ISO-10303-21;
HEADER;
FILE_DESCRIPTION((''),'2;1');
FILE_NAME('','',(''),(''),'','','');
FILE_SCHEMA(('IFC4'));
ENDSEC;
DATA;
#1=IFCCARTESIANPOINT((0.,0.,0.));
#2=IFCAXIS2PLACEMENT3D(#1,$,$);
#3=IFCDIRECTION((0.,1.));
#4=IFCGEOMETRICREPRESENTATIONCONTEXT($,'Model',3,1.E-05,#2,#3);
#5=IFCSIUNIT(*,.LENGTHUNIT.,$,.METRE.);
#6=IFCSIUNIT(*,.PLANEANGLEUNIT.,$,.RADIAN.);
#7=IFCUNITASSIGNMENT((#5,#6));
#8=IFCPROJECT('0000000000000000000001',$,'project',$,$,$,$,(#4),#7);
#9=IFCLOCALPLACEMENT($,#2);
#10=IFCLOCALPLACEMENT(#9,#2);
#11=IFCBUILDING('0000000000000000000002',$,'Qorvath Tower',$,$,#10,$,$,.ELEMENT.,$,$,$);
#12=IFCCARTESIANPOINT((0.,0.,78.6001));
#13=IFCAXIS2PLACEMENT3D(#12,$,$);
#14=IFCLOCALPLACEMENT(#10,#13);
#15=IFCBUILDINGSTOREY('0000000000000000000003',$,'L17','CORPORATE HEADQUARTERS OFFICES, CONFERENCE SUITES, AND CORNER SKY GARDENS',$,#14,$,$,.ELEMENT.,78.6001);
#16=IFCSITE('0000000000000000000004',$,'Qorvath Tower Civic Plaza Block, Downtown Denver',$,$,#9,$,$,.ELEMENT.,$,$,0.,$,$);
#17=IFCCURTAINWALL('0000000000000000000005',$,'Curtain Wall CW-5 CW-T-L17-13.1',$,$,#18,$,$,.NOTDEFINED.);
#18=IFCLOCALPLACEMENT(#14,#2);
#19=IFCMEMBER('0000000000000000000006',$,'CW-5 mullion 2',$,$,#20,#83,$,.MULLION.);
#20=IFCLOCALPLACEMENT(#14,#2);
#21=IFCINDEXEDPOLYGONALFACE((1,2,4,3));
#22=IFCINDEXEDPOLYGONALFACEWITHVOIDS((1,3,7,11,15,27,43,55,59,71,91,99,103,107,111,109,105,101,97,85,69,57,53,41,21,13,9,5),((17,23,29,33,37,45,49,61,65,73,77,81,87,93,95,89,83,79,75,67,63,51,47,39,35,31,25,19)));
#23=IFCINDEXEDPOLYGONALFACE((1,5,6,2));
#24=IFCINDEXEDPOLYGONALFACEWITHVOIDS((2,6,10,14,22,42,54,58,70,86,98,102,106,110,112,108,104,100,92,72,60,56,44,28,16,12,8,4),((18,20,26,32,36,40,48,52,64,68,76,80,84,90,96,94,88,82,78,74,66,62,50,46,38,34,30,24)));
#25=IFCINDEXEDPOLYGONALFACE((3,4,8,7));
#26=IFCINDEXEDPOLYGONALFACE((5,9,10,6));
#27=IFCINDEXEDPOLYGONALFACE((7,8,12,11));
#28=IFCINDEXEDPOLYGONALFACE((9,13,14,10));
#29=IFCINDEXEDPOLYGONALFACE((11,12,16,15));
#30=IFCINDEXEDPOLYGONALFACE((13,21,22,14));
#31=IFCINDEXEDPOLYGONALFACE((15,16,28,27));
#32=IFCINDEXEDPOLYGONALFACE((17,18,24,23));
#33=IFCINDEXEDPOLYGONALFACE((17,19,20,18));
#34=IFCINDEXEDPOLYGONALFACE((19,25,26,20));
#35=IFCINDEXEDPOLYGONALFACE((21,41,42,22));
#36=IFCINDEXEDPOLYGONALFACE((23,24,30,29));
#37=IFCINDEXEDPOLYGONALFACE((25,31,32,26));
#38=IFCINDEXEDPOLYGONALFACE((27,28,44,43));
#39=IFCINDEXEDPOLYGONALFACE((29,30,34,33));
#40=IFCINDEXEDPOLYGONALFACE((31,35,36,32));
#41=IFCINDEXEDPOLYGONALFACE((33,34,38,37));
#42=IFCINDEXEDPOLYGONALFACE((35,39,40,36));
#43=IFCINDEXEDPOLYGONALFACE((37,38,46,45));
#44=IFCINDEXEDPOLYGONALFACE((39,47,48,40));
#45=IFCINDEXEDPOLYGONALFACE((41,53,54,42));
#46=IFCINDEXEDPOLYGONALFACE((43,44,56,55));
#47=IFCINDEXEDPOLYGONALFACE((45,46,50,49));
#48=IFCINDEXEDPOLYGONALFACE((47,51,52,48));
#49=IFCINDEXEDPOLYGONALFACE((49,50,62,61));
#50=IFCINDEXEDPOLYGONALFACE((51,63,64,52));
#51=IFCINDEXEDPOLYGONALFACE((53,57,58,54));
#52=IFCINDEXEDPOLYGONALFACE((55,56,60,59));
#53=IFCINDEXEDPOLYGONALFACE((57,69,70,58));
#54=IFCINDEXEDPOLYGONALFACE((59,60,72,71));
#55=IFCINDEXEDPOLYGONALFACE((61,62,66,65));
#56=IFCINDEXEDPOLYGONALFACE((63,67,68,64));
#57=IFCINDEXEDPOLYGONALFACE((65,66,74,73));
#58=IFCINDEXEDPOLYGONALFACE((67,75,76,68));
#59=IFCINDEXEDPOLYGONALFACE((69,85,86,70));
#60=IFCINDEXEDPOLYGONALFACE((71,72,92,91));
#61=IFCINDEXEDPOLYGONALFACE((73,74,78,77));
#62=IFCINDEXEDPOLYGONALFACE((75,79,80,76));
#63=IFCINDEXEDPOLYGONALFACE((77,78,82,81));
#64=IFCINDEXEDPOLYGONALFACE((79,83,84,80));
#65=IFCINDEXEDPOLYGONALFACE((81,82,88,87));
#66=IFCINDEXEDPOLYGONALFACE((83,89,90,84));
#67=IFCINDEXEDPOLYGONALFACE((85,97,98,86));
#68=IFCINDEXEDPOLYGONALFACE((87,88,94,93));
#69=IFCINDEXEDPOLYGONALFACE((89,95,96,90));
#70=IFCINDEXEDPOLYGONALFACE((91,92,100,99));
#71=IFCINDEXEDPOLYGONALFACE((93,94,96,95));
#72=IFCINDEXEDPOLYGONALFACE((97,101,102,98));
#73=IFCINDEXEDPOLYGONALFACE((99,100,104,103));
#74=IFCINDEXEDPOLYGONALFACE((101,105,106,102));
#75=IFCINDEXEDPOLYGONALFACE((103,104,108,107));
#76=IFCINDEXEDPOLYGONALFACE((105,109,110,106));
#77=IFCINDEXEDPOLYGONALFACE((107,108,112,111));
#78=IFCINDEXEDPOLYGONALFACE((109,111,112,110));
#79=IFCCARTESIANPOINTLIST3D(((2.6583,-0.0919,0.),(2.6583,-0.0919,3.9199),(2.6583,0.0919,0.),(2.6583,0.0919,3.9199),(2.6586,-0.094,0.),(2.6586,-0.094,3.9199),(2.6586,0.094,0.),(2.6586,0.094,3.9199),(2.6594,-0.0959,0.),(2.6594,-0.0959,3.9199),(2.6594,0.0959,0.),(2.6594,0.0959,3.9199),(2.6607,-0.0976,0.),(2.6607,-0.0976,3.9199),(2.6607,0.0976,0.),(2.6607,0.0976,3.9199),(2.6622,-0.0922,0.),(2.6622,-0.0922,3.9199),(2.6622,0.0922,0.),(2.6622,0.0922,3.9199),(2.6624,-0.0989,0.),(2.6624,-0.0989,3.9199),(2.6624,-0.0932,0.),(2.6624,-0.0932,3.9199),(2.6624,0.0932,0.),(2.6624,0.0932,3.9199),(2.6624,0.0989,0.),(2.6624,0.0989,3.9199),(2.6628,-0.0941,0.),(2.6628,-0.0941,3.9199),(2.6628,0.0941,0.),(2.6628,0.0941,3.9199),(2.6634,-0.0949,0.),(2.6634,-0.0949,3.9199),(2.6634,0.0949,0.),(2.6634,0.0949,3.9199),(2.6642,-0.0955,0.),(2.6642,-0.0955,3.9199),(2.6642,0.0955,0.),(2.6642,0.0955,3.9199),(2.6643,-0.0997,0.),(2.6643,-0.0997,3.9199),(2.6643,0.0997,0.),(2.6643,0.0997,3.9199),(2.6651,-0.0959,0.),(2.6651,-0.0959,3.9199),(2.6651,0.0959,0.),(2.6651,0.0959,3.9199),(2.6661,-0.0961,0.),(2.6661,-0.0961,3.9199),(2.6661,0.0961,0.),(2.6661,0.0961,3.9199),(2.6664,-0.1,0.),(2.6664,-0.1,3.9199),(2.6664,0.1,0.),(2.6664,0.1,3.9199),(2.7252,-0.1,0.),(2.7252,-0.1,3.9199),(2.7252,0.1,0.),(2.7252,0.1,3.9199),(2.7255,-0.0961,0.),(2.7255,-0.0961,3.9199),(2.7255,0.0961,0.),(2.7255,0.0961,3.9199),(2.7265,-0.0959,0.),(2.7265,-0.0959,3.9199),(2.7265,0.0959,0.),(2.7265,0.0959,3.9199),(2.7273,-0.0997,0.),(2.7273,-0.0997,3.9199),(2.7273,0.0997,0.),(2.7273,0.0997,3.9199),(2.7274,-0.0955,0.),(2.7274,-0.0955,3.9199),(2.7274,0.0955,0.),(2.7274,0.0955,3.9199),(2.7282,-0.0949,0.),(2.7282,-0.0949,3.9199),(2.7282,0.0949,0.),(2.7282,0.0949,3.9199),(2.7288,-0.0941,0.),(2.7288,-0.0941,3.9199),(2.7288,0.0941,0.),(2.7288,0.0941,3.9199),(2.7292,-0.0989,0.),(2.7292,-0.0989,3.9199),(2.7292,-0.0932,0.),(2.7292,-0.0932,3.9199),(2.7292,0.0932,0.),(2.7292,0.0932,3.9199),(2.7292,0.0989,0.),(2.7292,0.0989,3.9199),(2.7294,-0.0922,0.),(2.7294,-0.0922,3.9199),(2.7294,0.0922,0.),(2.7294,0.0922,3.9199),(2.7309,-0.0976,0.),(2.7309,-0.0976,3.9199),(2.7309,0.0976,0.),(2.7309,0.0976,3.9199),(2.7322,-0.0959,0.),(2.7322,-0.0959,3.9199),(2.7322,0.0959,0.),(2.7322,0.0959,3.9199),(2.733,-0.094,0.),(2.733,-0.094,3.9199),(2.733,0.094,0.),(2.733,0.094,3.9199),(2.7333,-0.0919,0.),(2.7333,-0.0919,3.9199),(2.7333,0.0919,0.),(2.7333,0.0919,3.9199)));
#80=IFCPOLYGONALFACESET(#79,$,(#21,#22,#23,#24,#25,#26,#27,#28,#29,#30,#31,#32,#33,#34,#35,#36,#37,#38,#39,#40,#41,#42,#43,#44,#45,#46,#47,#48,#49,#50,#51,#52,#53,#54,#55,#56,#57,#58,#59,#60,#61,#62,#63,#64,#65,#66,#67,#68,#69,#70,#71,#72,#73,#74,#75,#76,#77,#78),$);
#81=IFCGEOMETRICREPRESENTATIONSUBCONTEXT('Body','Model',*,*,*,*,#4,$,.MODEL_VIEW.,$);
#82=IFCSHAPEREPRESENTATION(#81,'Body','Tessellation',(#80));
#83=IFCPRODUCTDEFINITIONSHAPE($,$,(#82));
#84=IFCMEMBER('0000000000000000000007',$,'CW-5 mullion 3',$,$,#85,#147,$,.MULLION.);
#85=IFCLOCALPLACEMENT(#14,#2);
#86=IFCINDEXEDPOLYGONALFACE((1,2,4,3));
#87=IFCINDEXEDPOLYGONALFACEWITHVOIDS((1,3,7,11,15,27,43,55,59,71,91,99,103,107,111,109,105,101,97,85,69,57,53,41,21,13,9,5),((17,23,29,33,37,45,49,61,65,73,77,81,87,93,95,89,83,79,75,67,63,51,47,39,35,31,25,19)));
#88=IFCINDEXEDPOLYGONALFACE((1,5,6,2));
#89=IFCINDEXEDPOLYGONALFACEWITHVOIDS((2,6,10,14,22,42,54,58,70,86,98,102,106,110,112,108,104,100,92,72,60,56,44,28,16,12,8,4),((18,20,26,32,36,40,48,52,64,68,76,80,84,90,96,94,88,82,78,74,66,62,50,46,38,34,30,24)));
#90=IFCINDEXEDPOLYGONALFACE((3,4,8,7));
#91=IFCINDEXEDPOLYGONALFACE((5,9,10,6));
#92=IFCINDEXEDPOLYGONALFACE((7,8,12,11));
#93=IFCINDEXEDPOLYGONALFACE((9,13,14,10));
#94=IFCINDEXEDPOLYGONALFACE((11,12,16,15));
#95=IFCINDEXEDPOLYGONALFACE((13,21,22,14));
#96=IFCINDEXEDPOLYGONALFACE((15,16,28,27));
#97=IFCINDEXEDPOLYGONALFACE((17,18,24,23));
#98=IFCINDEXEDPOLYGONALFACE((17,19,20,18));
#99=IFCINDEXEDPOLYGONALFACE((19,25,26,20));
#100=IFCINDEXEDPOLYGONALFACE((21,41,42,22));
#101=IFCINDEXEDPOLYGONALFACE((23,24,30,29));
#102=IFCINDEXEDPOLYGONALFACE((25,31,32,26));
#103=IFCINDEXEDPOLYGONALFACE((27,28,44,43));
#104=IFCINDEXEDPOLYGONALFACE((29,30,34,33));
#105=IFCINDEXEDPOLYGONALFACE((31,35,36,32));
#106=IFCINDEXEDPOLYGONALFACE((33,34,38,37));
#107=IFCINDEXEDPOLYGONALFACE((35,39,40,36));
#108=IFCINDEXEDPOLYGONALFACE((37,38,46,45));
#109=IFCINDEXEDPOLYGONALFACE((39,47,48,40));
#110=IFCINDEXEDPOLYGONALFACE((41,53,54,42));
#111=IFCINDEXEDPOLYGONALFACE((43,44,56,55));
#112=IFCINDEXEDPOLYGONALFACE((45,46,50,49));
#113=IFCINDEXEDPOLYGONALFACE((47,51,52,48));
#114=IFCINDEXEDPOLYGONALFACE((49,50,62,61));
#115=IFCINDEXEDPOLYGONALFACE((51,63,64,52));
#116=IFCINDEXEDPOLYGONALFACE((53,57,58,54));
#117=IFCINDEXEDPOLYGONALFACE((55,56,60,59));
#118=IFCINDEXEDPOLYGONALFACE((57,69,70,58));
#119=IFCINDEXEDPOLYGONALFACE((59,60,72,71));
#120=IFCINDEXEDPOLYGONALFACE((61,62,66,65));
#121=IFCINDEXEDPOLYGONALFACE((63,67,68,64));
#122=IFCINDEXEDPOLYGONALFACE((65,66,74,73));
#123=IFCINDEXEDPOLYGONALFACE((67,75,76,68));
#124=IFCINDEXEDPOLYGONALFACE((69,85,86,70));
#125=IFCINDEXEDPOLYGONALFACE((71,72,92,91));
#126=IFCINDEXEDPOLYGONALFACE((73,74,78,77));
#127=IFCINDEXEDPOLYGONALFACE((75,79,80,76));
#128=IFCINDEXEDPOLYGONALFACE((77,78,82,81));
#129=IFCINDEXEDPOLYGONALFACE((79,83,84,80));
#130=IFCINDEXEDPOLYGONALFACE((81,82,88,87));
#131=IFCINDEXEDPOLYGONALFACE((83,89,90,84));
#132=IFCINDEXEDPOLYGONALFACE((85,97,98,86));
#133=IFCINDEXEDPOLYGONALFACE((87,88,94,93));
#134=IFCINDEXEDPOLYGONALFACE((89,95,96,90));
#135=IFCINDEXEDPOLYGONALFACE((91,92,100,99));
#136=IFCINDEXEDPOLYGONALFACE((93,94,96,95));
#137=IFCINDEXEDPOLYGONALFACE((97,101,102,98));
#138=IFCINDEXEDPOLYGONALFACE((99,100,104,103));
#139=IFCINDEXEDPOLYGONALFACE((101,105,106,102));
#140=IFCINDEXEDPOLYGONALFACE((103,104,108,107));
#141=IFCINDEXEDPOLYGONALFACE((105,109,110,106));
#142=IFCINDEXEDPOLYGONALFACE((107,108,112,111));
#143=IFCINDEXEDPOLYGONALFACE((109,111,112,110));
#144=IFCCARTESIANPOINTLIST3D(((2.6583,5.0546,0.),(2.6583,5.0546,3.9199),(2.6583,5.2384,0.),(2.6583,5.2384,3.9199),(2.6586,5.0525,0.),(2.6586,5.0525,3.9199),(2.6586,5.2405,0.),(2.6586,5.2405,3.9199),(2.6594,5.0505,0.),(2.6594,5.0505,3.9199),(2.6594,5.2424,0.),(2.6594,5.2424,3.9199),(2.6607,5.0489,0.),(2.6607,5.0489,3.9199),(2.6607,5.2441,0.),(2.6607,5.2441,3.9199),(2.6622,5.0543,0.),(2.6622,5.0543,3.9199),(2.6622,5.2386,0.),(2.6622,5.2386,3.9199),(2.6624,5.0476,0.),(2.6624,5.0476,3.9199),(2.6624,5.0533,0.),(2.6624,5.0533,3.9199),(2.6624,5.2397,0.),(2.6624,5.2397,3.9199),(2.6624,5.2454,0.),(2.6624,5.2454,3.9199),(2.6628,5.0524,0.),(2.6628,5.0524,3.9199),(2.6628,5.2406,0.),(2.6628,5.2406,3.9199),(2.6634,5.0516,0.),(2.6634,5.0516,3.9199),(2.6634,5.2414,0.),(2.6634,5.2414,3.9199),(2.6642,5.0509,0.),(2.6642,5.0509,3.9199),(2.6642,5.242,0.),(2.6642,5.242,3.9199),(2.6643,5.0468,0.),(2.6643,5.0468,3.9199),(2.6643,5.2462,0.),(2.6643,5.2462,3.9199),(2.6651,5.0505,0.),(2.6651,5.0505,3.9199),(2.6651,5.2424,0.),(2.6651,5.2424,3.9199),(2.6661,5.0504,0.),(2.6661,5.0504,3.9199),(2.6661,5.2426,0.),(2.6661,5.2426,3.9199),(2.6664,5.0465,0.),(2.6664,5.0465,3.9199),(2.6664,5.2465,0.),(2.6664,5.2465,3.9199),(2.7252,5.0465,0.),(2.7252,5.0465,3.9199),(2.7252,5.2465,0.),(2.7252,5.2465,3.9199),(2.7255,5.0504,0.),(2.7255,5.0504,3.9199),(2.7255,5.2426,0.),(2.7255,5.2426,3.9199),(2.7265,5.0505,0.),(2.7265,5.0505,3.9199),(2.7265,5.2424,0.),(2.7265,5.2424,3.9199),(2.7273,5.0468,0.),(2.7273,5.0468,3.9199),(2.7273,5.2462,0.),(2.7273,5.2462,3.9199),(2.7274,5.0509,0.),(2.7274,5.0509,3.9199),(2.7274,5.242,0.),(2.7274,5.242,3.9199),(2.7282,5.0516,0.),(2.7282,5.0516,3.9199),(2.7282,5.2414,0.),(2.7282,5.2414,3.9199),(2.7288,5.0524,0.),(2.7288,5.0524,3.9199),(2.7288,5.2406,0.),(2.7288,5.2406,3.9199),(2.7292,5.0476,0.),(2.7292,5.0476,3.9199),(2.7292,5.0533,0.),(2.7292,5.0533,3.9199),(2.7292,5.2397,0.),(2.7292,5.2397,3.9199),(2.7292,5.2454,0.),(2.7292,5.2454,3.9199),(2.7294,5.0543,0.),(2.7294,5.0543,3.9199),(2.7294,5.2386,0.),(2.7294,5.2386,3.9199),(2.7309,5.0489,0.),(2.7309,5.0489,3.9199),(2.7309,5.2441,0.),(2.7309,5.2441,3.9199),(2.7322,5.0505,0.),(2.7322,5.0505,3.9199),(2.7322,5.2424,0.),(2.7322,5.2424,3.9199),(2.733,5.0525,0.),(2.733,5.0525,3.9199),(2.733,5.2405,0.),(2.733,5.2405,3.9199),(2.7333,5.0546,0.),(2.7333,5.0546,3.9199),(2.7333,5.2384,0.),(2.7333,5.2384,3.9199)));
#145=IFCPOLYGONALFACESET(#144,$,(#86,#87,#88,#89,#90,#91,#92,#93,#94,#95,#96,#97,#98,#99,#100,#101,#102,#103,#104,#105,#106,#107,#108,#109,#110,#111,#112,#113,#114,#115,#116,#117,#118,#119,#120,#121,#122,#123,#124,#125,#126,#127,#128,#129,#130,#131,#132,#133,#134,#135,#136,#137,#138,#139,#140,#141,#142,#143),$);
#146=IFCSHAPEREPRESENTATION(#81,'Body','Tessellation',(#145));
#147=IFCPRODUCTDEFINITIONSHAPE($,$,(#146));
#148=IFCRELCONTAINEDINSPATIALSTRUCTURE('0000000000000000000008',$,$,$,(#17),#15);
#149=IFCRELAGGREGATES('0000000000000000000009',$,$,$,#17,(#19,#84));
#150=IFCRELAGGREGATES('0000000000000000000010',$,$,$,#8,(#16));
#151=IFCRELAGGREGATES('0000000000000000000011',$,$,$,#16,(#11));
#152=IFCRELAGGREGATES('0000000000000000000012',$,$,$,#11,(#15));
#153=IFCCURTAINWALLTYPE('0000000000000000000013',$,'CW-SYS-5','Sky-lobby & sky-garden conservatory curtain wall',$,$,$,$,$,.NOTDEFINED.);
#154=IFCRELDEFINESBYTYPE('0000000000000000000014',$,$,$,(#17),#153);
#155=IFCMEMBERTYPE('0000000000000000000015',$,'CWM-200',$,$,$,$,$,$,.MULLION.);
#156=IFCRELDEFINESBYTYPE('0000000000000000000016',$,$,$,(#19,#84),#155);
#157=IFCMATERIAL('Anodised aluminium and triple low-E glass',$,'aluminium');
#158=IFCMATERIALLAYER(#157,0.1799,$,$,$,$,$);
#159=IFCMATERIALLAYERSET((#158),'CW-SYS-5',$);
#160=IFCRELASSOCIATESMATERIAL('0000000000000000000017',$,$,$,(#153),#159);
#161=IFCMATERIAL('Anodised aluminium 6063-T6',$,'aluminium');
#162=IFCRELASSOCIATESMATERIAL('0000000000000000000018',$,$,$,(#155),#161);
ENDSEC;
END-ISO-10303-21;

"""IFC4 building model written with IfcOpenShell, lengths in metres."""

from ifc_helpers import new_model, si_unit, direction, frame, origin, origin_2d, place, context, subcontext, project, spatial, hollow_rectangle, extrude, material, layer, layer_set, material_profile, profile_set, type_object, element, aggregate, save


model = new_model("IFC4")

# Units and contexts
model_context = context("Model", 3, precision=1e-05, world=origin(), true_north=direction((0.0, 1.0)))
body_context = subcontext(model_context, "Body", "Model", "MODEL_VIEW")
ifc_project = project(units=[si_unit("LENGTHUNIT", "METRE"), si_unit("PLANEANGLEUNIT", "RADIAN")], contexts=[model_context])

# Site, building, storey
site_placement = place(None, origin())
site = spatial("IfcSite", under=ifc_project, at=site_placement, Name="Qorvath Tower Civic Plaza Block, Downtown Denver", CompositionType="ELEMENT", RefElevation=0.0)
building_placement = place(site_placement, origin())
building = spatial("IfcBuilding", under=site, at=building_placement, Name="Qorvath Tower", CompositionType="ELEMENT")
storey_placement = place(building_placement, frame((0.0, 0.0, 78.6001)))
storey = spatial("IfcBuildingStorey", under=building, at=storey_placement, Name="L17", Description="CORPORATE HEADQUARTERS OFFICES, CONFERENCE SUITES, AND CORNER SKY GARDENS", CompositionType="ELEMENT", Elevation=78.6001)

# Curtain wall, members
ifc_material_1 = material(Name="Anodised aluminium and triple low-E glass", Category="aluminium")
ifc_layer_1 = layer(ifc_material_1, 0.1799)
ifc_layer_set_1 = layer_set([ifc_layer_1], Name="CW-SYS-5")
curtain_wall_type = type_object("IfcCurtainWallType", Name="CW-SYS-5", Description="Sky-lobby & sky-garden conservatory curtain wall", PredefinedType="NOTDEFINED", material=ifc_layer_set_1)
curtain_wall_1_placement = place(storey_placement, origin())
curtain_wall_1 = element("IfcCurtainWall", 1, at=curtain_wall_1_placement, inside=storey, type_object=curtain_wall_type, Name="Curtain Wall CW-5 CW-T-L17-13.1", PredefinedType="NOTDEFINED")
ifc_material_2 = material(Name="Anodised aluminium 6063-T6", Category="aluminium")
ifc_material_profile_1 = material_profile(ifc_material_2, hollow_rectangle(XDim=0.075, YDim=0.2, WallThickness=0.0039, InnerFilletRadius=0.0039, OuterFilletRadius=0.0081, at=origin_2d()), Name="CWM 200x75")
ifc_profile_set_1 = profile_set([ifc_material_profile_1], Name="Anodised aluminium 6063-T6")
member_type_1 = type_object("IfcMemberType", Name="CWM-200", PredefinedType="MULLION", material=ifc_profile_set_1)
member_1_placement = place(storey_placement, frame((2.6958, 0.0, 0.0), z_axis=(0.0, 0.0, 1.0), x_axis=(-1.0, 0.0, 0.0)))
member_1 = element("IfcMember", 2, at=member_1_placement, type_object=member_type_1, Name="CW-5 mullion 2", PredefinedType="MULLION", context=body_context, shape_type="SweptSolid", body=[
    extrude(hollow_rectangle(XDim=0.075, YDim=0.2, WallThickness=0.0039, InnerFilletRadius=0.0039, OuterFilletRadius=0.0081, at=origin_2d()), origin(), (0.0, 0.0, 1.0), 3.9199),
])
member_2_placement = place(storey_placement, frame((2.6958, 5.1465, 0.0), z_axis=(0.0, 0.0, 1.0), x_axis=(-1.0, 0.0, 0.0)))
member_2 = element("IfcMember", 3, at=member_2_placement, type_object=member_type_1, Name="CW-5 mullion 3", PredefinedType="MULLION", context=body_context, shape_type="SweptSolid", body=[
    extrude(hollow_rectangle(XDim=0.075, YDim=0.2, WallThickness=0.0039, InnerFilletRadius=0.0039, OuterFilletRadius=0.0081, at=origin_2d()), origin(), (0.0, 0.0, 1.0), 3.9199),
])

aggregate(curtain_wall_1, [member_1, member_2])

save(model, "model.ifc")
